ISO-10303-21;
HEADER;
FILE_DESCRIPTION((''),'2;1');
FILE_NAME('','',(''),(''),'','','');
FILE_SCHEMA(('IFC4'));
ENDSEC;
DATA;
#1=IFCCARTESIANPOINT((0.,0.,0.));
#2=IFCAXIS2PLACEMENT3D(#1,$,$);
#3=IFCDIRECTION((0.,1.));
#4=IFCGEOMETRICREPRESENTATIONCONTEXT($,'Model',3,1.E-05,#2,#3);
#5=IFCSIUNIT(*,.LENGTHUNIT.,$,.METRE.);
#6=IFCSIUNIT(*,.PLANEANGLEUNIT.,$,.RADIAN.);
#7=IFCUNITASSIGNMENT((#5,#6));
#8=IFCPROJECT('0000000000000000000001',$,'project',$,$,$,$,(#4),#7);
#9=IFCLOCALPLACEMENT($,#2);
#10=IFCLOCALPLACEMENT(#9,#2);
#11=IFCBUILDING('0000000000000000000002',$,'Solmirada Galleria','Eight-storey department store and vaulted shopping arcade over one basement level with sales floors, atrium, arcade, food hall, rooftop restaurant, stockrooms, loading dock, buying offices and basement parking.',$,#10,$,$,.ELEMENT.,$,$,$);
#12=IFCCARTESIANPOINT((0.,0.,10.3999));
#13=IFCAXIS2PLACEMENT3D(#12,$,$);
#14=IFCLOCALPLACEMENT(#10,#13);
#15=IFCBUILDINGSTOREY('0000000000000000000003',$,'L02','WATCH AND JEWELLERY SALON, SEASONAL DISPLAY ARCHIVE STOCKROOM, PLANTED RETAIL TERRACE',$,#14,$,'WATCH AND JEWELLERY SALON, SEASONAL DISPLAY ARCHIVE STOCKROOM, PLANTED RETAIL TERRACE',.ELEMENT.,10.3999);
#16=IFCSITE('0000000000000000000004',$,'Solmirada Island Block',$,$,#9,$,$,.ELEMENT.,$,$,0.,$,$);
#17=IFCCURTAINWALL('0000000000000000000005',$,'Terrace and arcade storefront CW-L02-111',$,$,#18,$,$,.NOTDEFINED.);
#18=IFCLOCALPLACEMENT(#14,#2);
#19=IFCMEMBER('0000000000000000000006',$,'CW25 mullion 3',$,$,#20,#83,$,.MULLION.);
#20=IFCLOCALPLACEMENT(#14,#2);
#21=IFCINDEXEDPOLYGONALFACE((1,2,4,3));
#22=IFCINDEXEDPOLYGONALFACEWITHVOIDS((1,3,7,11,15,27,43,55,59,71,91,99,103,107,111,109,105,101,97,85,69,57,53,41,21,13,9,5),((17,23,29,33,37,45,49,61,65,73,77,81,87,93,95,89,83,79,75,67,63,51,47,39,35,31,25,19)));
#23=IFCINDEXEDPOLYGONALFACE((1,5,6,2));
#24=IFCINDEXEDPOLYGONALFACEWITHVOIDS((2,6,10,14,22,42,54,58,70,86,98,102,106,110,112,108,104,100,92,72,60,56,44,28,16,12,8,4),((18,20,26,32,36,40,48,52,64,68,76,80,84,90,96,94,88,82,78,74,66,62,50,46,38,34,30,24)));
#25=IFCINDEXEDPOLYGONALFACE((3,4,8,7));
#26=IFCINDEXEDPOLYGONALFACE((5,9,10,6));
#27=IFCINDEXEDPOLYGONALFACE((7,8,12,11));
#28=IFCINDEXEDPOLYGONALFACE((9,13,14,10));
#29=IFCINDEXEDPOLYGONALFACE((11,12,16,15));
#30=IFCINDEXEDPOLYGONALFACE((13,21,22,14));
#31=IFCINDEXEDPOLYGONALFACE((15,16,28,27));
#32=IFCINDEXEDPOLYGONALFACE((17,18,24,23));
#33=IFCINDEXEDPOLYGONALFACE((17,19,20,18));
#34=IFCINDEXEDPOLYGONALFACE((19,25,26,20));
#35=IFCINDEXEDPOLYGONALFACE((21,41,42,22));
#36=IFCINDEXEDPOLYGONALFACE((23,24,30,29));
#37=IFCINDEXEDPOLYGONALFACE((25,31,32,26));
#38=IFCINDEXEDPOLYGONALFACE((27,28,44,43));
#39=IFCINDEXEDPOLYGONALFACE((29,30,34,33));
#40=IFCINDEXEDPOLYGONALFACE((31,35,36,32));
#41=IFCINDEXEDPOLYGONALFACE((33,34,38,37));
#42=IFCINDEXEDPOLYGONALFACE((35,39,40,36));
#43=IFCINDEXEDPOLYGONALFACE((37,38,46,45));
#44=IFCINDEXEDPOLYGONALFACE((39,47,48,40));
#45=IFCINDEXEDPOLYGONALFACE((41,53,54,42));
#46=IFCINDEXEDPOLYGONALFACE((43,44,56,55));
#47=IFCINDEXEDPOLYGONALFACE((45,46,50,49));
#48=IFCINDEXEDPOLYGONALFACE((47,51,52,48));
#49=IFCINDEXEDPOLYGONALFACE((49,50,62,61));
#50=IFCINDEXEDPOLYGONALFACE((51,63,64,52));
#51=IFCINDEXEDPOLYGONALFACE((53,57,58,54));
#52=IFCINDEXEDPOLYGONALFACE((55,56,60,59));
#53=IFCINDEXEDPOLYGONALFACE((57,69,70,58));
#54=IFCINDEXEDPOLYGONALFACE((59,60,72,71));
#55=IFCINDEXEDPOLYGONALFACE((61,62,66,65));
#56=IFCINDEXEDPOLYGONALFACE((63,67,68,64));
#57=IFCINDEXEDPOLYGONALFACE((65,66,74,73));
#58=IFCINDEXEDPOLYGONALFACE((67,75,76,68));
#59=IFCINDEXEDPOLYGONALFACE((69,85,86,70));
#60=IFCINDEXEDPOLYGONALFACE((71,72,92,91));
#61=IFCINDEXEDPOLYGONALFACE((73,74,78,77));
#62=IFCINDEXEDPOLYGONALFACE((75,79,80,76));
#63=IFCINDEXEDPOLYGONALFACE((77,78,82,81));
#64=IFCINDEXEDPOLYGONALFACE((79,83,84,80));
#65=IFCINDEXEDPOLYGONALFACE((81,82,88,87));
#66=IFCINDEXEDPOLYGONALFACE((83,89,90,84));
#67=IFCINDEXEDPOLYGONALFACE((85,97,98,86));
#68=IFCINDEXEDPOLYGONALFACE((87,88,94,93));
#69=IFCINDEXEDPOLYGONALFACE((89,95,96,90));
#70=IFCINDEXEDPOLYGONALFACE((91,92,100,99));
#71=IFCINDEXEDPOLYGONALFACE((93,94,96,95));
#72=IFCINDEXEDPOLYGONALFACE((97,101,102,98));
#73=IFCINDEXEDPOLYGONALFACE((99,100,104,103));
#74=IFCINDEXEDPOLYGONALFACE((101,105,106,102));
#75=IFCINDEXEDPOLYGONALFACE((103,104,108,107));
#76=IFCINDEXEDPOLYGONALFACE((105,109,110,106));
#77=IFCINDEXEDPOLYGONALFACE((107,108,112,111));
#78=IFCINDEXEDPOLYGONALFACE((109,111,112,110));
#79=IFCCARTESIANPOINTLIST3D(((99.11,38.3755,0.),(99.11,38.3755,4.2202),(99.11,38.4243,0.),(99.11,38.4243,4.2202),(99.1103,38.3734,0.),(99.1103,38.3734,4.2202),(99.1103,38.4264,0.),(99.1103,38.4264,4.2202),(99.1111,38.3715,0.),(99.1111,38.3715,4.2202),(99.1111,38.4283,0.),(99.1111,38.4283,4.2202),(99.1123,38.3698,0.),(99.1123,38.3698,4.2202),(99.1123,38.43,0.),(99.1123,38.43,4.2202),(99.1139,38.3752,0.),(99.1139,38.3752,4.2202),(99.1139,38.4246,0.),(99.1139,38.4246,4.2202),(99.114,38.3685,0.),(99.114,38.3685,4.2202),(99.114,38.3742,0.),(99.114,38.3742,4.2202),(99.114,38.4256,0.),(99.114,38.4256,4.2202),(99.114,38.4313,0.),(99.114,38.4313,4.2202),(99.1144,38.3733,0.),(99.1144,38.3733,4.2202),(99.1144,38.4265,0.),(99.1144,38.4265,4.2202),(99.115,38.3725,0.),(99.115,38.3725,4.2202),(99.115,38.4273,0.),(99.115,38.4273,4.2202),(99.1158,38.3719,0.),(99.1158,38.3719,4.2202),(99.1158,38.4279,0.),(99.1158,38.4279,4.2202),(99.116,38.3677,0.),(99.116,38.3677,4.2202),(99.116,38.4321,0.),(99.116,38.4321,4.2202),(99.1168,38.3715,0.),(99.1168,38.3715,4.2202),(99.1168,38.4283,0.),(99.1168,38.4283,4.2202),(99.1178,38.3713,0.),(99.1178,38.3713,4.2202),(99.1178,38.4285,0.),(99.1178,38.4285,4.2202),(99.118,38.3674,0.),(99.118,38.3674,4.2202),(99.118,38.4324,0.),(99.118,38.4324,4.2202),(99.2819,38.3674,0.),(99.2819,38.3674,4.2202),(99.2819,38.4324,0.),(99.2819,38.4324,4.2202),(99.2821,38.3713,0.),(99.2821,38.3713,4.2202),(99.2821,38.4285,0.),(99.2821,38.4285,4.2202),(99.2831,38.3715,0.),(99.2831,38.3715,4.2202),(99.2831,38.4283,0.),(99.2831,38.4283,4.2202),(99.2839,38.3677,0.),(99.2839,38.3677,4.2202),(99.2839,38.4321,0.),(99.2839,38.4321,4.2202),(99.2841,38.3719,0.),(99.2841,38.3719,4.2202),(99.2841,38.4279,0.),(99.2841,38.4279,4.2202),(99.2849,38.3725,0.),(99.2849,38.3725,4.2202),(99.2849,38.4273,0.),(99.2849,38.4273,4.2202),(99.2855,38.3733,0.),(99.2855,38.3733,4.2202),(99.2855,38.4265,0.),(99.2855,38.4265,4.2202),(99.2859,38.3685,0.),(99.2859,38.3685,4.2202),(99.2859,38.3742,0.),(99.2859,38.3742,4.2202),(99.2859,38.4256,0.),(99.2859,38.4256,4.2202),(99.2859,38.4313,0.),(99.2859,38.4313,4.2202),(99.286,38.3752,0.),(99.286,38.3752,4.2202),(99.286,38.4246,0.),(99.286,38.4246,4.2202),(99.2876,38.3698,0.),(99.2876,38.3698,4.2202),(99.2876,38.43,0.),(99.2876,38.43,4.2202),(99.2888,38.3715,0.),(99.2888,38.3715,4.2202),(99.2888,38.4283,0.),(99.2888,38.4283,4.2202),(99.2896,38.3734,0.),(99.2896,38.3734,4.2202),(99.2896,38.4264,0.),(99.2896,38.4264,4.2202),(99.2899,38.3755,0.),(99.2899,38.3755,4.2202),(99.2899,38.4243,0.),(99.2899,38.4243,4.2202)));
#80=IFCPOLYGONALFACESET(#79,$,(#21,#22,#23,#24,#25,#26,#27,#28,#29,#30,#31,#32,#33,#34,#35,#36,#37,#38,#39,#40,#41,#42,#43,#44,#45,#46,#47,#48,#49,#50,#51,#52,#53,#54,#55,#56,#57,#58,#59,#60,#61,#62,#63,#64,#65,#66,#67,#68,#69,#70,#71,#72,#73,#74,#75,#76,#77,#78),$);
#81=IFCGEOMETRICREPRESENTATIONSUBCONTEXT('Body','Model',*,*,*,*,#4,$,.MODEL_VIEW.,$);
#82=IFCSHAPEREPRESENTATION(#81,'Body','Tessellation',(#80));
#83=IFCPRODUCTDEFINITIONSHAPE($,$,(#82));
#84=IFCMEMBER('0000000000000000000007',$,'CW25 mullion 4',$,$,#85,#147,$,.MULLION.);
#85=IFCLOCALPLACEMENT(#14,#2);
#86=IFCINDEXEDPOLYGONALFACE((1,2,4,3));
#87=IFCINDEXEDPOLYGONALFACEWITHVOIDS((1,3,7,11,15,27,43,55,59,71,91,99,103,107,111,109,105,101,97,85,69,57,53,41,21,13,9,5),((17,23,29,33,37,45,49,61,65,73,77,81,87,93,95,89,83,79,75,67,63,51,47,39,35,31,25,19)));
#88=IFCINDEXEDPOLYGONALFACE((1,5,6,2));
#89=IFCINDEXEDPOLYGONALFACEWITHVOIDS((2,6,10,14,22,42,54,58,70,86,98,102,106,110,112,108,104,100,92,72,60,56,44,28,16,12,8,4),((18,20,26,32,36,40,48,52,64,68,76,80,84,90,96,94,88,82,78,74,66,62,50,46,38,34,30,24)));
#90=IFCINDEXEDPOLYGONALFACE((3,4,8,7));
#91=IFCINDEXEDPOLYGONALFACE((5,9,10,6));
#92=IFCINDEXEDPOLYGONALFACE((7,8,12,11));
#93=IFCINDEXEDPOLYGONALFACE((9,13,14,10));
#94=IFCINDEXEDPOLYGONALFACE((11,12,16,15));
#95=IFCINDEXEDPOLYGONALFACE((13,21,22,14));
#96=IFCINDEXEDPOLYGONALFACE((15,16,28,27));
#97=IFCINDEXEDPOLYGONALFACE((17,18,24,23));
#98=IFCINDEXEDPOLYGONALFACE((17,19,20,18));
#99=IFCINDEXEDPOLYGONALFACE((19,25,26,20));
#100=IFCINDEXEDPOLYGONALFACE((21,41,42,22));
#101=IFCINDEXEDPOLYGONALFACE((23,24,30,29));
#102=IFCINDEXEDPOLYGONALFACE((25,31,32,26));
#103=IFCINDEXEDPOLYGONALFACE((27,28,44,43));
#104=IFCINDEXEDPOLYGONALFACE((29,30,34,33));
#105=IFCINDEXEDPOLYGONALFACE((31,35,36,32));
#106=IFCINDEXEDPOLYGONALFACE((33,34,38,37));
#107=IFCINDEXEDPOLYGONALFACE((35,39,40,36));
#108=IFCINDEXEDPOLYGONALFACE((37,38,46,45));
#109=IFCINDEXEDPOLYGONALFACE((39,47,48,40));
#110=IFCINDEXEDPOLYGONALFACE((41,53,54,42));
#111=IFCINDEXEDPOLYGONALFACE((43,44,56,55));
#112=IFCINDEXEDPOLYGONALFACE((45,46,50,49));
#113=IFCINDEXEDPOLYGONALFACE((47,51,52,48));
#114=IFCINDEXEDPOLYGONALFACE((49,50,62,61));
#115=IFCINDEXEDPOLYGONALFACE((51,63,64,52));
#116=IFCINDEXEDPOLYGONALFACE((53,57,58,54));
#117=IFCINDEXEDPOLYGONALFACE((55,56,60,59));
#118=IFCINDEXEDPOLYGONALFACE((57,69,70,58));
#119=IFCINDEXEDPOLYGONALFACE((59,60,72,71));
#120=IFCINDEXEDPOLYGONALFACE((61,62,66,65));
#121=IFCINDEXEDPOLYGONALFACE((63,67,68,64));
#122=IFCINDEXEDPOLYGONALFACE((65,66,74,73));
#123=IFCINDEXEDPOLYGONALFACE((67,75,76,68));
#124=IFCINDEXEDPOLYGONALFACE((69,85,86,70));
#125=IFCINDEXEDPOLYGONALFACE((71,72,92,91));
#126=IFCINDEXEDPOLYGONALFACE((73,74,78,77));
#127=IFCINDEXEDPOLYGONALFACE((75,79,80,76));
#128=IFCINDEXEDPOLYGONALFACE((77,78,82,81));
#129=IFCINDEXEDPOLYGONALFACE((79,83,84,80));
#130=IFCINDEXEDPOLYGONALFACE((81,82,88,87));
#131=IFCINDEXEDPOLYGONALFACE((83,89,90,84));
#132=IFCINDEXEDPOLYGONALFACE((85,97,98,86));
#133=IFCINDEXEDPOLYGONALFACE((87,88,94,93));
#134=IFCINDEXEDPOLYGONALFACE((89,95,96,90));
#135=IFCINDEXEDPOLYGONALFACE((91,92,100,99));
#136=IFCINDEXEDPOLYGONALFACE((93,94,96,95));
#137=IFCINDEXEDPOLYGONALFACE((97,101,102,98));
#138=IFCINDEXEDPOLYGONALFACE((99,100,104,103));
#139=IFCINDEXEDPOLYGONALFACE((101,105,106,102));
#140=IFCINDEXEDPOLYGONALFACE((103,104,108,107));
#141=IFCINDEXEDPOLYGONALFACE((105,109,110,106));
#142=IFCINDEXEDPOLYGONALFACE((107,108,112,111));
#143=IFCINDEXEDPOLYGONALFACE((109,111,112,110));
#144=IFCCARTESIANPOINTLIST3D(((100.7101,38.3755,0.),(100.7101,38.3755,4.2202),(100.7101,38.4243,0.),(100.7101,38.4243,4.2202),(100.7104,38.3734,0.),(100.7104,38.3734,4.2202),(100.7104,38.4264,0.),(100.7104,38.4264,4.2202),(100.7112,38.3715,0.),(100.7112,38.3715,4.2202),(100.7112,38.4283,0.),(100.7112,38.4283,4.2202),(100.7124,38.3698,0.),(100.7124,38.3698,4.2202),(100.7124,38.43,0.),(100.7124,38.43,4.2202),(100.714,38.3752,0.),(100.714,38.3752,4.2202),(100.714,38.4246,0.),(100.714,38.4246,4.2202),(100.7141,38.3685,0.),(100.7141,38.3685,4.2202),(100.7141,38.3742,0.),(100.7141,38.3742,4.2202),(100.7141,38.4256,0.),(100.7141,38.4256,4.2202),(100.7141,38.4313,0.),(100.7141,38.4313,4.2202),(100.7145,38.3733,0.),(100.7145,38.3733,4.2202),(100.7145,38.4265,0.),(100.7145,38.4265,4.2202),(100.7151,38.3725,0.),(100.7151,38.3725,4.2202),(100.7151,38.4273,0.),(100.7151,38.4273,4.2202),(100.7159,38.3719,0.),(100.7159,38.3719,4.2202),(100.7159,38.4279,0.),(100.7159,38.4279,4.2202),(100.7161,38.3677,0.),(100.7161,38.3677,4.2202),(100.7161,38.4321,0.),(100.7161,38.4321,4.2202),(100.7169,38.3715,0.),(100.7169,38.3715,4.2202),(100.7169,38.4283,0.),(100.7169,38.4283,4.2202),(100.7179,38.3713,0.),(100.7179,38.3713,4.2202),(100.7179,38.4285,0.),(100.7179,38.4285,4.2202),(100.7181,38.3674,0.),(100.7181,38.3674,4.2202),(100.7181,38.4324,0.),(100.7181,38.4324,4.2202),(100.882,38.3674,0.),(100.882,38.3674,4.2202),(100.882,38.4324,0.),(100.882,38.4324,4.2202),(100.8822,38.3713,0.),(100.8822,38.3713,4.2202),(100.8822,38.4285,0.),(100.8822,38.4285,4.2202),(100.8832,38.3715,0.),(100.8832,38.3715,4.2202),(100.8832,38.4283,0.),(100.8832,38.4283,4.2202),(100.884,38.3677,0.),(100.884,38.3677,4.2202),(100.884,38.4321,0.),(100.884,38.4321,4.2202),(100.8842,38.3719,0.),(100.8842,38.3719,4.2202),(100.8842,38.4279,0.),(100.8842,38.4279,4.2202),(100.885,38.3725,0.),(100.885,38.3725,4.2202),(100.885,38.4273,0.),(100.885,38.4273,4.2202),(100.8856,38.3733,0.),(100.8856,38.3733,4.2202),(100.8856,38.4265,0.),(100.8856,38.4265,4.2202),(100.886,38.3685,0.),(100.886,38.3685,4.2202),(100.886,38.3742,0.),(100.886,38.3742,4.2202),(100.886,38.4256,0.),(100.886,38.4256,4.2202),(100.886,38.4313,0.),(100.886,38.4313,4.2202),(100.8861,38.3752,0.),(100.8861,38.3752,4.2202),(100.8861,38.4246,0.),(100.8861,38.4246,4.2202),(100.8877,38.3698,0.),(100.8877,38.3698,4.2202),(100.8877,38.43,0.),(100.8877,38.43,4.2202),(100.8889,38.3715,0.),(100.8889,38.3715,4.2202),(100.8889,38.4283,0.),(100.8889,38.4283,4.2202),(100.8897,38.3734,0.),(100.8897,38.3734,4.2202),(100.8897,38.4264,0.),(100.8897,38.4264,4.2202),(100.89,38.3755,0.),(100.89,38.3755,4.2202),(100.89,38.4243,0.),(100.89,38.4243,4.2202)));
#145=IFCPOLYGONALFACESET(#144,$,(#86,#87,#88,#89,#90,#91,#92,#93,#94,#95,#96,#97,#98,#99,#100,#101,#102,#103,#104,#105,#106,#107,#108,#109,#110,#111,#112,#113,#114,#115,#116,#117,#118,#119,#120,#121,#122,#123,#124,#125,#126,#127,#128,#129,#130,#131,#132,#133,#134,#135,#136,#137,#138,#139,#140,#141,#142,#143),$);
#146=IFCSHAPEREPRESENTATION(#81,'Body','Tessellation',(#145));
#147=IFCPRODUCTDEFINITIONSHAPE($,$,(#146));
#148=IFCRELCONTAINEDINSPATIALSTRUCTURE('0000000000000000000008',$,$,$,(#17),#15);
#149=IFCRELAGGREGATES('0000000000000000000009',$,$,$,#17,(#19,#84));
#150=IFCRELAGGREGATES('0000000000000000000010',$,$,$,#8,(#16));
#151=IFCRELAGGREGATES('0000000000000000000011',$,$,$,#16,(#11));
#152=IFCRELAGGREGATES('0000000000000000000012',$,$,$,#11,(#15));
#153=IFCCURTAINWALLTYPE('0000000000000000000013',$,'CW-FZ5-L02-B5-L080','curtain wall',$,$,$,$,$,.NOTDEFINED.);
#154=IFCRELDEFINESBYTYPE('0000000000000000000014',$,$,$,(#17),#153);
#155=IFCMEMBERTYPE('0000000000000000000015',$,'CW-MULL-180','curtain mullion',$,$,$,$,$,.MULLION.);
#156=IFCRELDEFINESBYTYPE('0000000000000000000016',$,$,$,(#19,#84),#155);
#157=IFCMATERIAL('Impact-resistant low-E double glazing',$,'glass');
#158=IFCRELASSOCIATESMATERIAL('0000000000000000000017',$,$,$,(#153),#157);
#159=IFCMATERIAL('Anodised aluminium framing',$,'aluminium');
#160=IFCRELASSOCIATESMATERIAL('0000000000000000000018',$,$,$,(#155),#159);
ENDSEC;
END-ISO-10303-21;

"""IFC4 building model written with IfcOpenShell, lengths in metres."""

from ifc_helpers import new_model, si_unit, direction, frame, origin, origin_2d, place, context, subcontext, project, spatial, hollow_rectangle, extrude, material, material_profile, profile_set, type_object, element, aggregate, save


model = new_model("IFC4")

# Units and contexts
model_context = context("Model", 3, precision=1e-05, world=origin(), true_north=direction((0.0, 1.0)))
body_context = subcontext(model_context, "Body", "Model", "MODEL_VIEW")
ifc_project = project(units=[si_unit("LENGTHUNIT", "METRE"), si_unit("PLANEANGLEUNIT", "RADIAN")], contexts=[model_context])

# Site, building, storey
site_placement = place(None, origin())
site = spatial("IfcSite", under=ifc_project, at=site_placement, Name="Solmirada Island Block", CompositionType="ELEMENT", RefElevation=0.0)
building_placement = place(site_placement, origin())
building = spatial("IfcBuilding", under=site, at=building_placement, Name="Solmirada Galleria", Description="Eight-storey department store and vaulted shopping arcade over one basement level with sales floors, atrium, arcade, food hall, rooftop restaurant, stockrooms, loading dock, buying offices and basement parking.", CompositionType="ELEMENT")
storey_placement = place(building_placement, frame((0.0, 0.0, 10.3999)))
storey = spatial("IfcBuildingStorey", under=building, at=storey_placement, Name="L02", Description="WATCH AND JEWELLERY SALON, SEASONAL DISPLAY ARCHIVE STOCKROOM, PLANTED RETAIL TERRACE", LongName="WATCH AND JEWELLERY SALON, SEASONAL DISPLAY ARCHIVE STOCKROOM, PLANTED RETAIL TERRACE", CompositionType="ELEMENT", Elevation=10.3999)

# Curtain wall, members
ifc_material_1 = material(Name="Impact-resistant low-E double glazing", Category="glass")
curtain_wall_type = type_object("IfcCurtainWallType", Name="CW-FZ5-L02-B5-L080", Description="curtain wall", PredefinedType="NOTDEFINED", material=ifc_material_1)
curtain_wall_placement = place(storey_placement, origin())
curtain_wall = element("IfcCurtainWall", 1, at=curtain_wall_placement, inside=storey, type_object=curtain_wall_type, Name="Terrace and arcade storefront CW-L02-111", PredefinedType="NOTDEFINED")
ifc_material_2 = material(Name="Anodised aluminium framing", Category="aluminium")
ifc_material_profile_1 = material_profile(ifc_material_2, hollow_rectangle(XDim=0.0649, YDim=0.1799, WallThickness=0.0039, InnerFilletRadius=0.0039, OuterFilletRadius=0.0081, at=origin_2d()), Name="ALU-MULL-180X65")
ifc_profile_set_1 = profile_set([ifc_material_profile_1], Name="Anodised aluminium framing")
member_type_1 = type_object("IfcMemberType", Name="CW-MULL-180", Description="curtain mullion", PredefinedType="MULLION", material=ifc_profile_set_1)
member_1_placement = place(storey_placement, frame((99.2, 38.3999, 0.0), z_axis=(0.0, 0.0, 1.0), x_axis=(0.0, 1.0, 0.0)))
member_1 = element("IfcMember", 2, at=member_1_placement, type_object=member_type_1, Name="CW25 mullion 3", PredefinedType="MULLION", context=body_context, shape_type="SweptSolid", body=[
    extrude(hollow_rectangle(XDim=0.0649, YDim=0.1799, WallThickness=0.0039, InnerFilletRadius=0.0039, OuterFilletRadius=0.0081, at=origin_2d()), origin(), (0.0, 0.0, 1.0), 4.2202),
])
member_2_placement = place(storey_placement, frame((100.8, 38.3999, 0.0), z_axis=(0.0, 0.0, 1.0), x_axis=(0.0, 1.0, 0.0)))
member_2 = element("IfcMember", 3, at=member_2_placement, type_object=member_type_1, Name="CW25 mullion 4", PredefinedType="MULLION", context=body_context, shape_type="SweptSolid", body=[
    extrude(hollow_rectangle(XDim=0.0649, YDim=0.1799, WallThickness=0.0039, InnerFilletRadius=0.0039, OuterFilletRadius=0.0081, at=origin_2d()), origin(), (0.0, 0.0, 1.0), 4.2202),
])
aggregate(curtain_wall, [member_1, member_2])

save(model, "model.ifc")
